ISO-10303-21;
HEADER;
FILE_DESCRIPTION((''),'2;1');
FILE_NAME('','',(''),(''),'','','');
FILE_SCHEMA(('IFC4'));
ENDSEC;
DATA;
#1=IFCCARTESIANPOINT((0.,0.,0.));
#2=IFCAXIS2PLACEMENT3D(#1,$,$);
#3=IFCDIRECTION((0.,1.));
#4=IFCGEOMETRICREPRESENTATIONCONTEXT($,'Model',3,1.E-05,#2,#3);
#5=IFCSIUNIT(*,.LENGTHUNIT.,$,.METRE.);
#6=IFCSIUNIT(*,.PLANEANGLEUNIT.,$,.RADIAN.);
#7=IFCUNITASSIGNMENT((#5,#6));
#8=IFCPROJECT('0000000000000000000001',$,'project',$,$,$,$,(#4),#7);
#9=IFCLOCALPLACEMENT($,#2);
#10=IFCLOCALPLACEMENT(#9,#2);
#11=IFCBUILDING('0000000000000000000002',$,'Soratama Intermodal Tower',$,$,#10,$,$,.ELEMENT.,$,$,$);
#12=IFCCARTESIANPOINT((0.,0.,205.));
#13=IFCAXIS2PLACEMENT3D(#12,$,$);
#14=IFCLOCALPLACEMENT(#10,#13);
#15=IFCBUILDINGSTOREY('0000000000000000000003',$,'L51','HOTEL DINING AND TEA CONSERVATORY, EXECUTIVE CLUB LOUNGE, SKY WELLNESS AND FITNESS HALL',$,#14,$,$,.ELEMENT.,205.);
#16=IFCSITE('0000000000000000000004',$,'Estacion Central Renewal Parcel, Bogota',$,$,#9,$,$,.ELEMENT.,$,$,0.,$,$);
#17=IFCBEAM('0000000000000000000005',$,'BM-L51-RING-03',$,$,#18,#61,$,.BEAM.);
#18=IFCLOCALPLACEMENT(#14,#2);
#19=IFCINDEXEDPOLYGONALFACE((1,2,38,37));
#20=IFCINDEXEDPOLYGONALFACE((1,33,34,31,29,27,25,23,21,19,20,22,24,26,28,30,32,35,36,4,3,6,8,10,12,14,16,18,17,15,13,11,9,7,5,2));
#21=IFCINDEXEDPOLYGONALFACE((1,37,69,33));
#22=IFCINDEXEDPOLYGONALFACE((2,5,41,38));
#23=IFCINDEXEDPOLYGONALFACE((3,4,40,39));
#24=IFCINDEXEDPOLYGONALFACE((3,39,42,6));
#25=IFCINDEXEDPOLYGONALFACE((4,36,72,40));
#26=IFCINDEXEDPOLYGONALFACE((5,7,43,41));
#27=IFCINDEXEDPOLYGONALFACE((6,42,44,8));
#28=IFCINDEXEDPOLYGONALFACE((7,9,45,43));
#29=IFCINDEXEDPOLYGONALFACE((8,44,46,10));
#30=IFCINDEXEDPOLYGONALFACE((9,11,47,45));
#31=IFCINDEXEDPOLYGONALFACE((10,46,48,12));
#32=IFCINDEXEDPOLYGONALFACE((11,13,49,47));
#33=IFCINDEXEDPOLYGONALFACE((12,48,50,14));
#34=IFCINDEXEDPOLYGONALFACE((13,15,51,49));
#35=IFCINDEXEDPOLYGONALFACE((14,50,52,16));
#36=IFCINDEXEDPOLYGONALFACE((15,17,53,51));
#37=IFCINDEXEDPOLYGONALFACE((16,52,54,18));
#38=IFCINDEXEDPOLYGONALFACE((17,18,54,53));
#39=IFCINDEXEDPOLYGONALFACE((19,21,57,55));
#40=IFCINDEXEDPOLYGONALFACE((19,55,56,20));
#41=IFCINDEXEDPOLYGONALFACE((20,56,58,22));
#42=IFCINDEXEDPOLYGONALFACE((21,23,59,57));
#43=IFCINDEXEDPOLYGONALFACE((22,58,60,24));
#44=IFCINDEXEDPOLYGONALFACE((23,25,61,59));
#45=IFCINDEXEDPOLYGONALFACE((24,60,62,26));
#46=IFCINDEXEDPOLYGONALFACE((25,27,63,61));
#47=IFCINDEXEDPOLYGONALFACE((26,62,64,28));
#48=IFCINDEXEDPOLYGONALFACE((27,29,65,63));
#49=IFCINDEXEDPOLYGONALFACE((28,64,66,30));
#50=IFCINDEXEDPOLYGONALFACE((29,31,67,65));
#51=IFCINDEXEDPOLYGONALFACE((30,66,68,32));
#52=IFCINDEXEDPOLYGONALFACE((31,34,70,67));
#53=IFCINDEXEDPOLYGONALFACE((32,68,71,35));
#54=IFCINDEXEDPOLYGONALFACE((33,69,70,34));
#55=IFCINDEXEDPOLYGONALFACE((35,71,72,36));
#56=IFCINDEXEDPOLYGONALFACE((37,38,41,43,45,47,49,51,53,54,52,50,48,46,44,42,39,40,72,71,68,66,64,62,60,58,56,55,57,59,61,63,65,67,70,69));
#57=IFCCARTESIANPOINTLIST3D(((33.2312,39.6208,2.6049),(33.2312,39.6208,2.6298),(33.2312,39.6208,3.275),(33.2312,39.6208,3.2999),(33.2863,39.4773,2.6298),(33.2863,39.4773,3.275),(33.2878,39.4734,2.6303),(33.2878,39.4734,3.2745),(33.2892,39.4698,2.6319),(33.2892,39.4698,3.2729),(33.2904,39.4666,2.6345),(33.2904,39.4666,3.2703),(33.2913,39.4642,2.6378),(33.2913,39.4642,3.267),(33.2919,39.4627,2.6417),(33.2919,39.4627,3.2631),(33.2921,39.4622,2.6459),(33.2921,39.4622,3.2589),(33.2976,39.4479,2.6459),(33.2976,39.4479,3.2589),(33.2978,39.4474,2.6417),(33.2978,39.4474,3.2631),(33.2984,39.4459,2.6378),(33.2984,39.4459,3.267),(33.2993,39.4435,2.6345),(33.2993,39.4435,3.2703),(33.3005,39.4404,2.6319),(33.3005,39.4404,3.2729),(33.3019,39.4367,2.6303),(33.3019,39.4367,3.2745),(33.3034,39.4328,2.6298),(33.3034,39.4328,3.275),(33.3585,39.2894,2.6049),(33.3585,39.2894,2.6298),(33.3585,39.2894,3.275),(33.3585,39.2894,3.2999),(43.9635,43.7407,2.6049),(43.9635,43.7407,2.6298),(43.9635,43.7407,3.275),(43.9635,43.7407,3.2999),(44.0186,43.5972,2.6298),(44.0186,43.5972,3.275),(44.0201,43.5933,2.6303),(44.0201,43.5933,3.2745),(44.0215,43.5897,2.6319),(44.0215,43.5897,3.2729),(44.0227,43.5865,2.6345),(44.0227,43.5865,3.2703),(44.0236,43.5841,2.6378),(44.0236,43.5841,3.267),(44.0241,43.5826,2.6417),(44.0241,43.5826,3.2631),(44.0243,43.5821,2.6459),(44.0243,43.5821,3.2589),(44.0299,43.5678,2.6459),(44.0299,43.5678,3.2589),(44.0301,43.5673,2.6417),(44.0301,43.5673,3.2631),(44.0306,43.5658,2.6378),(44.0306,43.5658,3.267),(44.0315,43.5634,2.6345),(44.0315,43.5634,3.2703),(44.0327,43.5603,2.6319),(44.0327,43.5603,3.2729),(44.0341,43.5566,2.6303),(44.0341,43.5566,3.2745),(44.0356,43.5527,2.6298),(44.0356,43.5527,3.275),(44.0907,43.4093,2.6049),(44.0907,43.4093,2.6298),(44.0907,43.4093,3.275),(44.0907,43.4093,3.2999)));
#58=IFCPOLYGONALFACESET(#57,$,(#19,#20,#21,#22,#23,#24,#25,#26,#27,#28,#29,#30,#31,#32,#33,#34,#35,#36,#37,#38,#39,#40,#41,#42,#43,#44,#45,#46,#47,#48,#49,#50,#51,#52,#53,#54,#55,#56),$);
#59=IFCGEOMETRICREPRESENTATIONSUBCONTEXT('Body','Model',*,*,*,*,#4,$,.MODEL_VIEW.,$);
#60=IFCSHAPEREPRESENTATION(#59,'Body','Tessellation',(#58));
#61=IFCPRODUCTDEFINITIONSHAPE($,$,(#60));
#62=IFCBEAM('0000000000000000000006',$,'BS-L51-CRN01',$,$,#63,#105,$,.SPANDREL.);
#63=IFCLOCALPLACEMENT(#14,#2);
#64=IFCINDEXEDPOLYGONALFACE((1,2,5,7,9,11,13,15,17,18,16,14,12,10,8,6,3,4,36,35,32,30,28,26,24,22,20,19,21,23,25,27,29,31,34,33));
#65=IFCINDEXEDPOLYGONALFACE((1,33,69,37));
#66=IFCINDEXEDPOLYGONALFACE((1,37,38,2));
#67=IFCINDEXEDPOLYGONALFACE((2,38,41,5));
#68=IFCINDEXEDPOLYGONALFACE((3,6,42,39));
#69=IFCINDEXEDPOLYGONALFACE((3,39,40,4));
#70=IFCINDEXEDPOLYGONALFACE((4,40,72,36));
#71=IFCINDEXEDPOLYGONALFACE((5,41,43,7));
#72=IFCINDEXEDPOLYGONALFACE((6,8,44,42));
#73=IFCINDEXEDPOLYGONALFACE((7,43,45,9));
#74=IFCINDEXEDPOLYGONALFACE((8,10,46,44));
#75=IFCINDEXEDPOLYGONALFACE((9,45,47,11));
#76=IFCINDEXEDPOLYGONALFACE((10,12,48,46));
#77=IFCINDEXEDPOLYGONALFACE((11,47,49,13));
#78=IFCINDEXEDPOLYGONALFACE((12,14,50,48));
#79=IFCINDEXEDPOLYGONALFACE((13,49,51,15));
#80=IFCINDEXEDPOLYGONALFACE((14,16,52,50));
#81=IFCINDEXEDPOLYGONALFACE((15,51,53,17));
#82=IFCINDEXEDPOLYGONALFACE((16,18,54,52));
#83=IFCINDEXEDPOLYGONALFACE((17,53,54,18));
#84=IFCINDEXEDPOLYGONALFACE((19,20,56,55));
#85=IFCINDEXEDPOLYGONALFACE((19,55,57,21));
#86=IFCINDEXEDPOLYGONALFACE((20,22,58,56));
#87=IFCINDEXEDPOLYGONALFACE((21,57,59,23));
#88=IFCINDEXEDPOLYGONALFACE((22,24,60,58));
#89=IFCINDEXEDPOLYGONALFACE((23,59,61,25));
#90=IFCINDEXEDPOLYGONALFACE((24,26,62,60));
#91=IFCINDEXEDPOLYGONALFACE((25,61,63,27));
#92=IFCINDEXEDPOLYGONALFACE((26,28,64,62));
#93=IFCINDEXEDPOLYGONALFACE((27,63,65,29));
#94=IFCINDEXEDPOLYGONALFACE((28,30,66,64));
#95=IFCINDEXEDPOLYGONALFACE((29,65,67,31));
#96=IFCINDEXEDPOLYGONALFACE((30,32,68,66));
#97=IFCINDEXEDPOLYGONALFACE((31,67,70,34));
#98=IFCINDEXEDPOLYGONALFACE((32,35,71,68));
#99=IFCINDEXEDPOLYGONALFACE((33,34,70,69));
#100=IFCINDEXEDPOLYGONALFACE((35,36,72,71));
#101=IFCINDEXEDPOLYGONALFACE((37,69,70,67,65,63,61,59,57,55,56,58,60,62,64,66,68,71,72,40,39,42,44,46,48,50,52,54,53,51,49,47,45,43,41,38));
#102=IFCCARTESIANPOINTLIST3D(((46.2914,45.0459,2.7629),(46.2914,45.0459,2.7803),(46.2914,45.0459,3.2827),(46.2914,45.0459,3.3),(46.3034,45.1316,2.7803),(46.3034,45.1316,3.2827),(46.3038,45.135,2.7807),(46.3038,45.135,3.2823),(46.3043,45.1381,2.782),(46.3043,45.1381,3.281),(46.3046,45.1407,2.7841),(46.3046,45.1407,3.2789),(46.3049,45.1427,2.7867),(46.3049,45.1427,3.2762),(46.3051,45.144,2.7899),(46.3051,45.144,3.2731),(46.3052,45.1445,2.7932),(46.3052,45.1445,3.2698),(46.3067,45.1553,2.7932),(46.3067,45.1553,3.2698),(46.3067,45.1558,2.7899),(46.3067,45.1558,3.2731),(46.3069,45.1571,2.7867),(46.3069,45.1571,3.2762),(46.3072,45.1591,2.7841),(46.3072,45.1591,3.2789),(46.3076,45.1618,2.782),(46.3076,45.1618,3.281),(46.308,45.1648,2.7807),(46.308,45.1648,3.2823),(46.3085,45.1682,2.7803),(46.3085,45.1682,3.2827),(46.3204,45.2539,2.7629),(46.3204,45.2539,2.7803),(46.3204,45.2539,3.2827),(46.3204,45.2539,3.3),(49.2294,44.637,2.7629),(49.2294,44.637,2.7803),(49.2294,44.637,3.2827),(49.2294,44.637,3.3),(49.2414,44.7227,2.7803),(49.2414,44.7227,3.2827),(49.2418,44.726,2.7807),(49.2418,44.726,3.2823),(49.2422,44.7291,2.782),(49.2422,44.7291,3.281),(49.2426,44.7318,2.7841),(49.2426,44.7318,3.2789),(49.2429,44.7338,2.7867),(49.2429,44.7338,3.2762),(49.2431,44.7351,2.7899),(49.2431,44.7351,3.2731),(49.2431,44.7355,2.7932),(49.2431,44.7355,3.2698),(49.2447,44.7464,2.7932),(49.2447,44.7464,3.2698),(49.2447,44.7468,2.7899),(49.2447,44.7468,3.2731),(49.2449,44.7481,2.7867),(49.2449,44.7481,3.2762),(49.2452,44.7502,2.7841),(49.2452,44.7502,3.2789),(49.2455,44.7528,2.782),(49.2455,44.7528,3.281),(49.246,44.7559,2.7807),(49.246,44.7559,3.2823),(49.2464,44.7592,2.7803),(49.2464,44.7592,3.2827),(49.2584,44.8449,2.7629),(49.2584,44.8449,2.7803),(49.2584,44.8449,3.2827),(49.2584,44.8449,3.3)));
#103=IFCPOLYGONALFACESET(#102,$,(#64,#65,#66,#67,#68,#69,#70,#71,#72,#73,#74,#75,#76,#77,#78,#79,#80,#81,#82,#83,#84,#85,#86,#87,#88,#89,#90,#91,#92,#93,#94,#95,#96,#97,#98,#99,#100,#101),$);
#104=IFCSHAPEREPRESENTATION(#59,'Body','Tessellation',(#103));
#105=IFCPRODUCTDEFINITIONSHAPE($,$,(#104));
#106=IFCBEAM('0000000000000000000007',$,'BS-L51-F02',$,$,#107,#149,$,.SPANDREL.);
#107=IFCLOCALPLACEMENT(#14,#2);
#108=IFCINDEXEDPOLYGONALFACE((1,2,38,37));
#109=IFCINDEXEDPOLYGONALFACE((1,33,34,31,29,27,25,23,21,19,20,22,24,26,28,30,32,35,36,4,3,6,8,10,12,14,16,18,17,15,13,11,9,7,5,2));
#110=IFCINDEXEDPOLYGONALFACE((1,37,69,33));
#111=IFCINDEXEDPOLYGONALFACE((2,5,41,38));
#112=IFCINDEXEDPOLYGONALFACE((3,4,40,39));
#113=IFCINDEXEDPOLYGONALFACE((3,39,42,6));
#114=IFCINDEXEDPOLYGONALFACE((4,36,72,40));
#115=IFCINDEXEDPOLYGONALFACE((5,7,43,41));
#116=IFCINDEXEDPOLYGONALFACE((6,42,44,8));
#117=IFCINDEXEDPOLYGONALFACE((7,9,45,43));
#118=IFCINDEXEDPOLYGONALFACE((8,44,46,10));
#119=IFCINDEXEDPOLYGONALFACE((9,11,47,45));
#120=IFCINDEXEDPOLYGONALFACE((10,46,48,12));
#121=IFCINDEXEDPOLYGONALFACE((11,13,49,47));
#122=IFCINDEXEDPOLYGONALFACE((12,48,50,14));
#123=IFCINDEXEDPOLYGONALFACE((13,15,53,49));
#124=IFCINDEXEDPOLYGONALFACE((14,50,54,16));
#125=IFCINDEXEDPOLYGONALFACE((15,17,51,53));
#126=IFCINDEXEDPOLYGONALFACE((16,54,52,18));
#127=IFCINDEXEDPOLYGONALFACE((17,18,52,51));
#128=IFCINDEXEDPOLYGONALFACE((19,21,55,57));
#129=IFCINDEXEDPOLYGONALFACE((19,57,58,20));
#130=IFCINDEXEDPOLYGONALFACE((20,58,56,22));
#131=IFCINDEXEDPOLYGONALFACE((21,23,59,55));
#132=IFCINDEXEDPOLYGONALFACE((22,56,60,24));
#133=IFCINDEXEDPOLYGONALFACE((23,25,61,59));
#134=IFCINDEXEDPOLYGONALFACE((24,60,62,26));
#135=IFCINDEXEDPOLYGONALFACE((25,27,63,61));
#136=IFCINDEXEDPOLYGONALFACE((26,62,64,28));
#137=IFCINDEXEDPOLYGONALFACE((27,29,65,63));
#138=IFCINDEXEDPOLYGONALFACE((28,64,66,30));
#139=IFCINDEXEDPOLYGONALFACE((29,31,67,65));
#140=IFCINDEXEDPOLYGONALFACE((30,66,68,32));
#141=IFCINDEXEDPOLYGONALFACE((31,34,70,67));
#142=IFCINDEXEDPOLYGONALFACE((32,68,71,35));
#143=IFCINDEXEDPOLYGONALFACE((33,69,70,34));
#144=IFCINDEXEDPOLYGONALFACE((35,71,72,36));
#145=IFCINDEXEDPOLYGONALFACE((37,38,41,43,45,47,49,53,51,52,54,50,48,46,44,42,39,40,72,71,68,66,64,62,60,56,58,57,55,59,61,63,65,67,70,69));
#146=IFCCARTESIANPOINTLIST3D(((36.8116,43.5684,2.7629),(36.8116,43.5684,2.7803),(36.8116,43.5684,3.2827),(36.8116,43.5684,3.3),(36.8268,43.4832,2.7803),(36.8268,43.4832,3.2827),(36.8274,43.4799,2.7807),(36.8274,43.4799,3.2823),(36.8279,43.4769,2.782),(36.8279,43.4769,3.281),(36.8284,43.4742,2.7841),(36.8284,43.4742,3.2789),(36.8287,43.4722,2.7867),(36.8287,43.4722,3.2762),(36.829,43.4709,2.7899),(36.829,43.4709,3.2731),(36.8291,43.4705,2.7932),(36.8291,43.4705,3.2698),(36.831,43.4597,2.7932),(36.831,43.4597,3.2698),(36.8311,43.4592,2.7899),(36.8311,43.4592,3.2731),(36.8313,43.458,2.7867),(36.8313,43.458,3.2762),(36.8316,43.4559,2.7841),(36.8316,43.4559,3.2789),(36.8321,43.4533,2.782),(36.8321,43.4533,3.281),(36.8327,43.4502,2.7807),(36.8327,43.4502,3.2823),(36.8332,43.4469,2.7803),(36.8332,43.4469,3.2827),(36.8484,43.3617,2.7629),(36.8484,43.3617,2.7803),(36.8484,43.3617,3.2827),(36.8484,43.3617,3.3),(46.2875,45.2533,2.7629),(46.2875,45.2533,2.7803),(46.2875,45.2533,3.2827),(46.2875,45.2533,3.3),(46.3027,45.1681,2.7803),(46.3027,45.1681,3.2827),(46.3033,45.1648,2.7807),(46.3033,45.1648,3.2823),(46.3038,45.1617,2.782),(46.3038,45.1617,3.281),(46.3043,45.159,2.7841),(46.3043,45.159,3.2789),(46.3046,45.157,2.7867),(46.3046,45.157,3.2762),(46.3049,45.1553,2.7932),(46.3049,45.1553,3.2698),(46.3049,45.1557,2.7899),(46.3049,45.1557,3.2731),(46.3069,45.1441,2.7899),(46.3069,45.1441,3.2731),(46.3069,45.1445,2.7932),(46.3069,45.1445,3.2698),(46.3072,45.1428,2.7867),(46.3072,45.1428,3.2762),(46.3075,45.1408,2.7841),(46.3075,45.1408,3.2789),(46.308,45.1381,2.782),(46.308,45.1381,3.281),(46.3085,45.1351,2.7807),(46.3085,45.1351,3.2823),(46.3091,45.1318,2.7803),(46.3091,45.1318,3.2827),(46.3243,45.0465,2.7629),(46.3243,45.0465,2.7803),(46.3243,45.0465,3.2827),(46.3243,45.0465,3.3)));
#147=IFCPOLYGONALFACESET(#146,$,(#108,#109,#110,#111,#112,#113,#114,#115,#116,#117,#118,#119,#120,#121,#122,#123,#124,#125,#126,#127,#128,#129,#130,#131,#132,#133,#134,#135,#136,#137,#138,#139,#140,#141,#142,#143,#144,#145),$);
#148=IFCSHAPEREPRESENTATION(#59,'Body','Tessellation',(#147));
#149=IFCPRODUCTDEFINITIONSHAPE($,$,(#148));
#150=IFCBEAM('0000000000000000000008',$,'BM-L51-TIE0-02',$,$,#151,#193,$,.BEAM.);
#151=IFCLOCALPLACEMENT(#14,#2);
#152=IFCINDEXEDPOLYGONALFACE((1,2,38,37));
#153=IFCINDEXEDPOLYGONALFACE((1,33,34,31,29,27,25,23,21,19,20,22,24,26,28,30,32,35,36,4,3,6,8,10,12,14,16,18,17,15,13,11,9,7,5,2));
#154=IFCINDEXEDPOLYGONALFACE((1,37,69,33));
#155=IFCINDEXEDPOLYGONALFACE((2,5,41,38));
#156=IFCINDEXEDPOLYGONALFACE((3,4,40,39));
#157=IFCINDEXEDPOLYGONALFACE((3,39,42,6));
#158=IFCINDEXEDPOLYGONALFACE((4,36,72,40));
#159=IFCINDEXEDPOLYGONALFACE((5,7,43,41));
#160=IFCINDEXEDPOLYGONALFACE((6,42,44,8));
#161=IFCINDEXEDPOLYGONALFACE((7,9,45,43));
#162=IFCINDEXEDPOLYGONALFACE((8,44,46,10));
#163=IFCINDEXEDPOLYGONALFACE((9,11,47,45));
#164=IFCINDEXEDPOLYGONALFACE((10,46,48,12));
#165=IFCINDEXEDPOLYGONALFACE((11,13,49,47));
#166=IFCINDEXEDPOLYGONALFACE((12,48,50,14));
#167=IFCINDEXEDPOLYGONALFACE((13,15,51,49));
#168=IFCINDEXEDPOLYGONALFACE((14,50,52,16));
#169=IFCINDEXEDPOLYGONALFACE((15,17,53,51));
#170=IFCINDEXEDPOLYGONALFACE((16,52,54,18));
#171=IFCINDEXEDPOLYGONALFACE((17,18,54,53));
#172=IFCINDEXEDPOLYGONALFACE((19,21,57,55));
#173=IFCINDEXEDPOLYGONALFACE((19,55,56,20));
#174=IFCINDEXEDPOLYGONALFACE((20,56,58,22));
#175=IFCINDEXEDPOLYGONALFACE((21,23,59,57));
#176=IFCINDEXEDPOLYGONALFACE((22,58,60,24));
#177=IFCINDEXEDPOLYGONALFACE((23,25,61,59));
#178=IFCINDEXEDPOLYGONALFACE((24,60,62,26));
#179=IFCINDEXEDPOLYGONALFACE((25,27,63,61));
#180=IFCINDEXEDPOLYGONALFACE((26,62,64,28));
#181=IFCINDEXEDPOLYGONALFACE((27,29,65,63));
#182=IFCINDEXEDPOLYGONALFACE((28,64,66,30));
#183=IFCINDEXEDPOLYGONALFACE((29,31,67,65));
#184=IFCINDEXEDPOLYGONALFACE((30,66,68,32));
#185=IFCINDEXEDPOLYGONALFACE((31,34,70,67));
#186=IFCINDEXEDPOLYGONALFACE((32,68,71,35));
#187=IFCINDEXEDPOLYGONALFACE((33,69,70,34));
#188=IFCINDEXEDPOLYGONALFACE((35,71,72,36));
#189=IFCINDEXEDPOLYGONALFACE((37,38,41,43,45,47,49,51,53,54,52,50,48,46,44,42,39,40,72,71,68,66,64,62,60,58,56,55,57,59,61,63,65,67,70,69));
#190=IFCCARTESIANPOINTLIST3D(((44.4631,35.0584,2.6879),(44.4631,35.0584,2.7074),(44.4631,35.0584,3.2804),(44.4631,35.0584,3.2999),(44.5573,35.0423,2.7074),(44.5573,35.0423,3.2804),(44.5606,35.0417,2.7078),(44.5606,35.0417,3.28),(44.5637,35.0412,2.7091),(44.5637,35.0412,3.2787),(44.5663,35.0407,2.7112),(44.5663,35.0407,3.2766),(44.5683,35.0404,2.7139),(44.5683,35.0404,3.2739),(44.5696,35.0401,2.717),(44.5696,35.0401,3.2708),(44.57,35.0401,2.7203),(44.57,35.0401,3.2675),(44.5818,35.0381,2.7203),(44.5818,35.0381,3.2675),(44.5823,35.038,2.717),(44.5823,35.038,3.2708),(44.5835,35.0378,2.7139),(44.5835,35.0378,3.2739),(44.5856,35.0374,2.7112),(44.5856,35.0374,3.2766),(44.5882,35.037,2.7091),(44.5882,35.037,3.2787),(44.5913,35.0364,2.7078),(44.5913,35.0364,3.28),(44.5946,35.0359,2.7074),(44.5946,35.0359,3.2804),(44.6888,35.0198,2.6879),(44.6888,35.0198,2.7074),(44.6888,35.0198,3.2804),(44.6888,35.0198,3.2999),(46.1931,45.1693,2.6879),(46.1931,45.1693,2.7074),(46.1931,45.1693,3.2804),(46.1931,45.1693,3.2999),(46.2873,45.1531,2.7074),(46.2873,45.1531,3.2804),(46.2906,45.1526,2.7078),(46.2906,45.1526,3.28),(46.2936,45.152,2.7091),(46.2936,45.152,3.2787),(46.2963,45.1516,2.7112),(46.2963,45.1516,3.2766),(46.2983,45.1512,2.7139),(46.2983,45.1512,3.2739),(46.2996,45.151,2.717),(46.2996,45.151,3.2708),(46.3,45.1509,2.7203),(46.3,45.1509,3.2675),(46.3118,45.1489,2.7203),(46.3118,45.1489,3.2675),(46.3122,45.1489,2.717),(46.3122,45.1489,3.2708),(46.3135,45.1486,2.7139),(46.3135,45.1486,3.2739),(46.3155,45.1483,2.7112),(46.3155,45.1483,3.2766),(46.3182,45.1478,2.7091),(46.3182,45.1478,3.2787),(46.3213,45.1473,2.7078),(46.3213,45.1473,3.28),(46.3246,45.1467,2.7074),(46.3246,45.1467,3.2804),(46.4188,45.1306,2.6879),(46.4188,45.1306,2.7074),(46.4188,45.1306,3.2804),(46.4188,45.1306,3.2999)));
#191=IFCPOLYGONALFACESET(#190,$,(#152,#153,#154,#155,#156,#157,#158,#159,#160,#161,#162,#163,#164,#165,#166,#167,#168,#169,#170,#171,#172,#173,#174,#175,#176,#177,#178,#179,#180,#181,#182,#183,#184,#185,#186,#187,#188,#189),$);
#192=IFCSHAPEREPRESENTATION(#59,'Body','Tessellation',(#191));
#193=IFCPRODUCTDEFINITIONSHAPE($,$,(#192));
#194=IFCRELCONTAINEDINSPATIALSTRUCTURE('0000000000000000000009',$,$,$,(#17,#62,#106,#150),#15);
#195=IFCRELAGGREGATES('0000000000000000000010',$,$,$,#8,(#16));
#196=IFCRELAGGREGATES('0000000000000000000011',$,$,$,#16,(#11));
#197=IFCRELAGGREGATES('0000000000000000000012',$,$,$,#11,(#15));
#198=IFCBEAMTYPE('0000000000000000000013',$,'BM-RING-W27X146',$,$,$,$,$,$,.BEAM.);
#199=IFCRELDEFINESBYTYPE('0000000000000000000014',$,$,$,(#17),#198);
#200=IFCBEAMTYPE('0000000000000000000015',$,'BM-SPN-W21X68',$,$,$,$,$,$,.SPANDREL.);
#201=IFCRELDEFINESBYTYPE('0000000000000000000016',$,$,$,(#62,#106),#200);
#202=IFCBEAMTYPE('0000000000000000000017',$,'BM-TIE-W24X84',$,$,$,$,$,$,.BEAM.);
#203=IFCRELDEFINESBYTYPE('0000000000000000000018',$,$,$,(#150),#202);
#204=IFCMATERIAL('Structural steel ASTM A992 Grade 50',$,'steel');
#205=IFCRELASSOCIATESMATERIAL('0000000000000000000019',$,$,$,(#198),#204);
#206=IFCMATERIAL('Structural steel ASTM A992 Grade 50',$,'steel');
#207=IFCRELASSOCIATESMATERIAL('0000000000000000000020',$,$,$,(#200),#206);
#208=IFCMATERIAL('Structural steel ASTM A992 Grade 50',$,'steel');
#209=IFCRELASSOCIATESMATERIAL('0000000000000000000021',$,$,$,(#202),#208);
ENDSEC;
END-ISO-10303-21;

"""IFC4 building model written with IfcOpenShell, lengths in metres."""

from ifc_helpers import new_model, si_unit, direction, frame, origin, origin_2d, place, context, subcontext, project, spatial, i_section, extrude, material, material_profile, profile_set, type_object, element, save


model = new_model("IFC4")

# Units and contexts
model_context = context("Model", 3, precision=1e-05, world=origin(), true_north=direction((0.0, 1.0)))
body_context = subcontext(model_context, "Body", "Model", "MODEL_VIEW")
ifc_project = project(units=[si_unit("LENGTHUNIT", "METRE"), si_unit("PLANEANGLEUNIT", "RADIAN")], contexts=[model_context])

# Site, building, storey
site_placement = place(None, origin())
site = spatial("IfcSite", under=ifc_project, at=site_placement, Name="Estacion Central Renewal Parcel, Bogota", CompositionType="ELEMENT", RefElevation=0.0)
building_placement = place(site_placement, origin())
building = spatial("IfcBuilding", under=site, at=building_placement, Name="Soratama Intermodal Tower", CompositionType="ELEMENT")
storey_placement = place(building_placement, frame((0.0, 0.0, 205.0)))
storey = spatial("IfcBuildingStorey", under=building, at=storey_placement, Name="L51", Description="HOTEL DINING AND TEA CONSERVATORY, EXECUTIVE CLUB LOUNGE, SKY WELLNESS AND FITNESS HALL", CompositionType="ELEMENT", Elevation=205.0)

# Beams
ifc_material_1 = material(Name="Structural steel ASTM A992 Grade 50", Category="steel")
ifc_material_profile_1 = material_profile(ifc_material_1, i_section(OverallWidth=0.355, OverallDepth=0.6951, WebThickness=0.0154, FlangeThickness=0.0249, FilletRadius=0.0161, at=origin_2d()), Name="W27X146")
ifc_profile_set_1 = profile_set([ifc_material_profile_1], Name="Structural steel ASTM A992 Grade 50")
beam_type_1 = type_object("IfcBeamType", Name="BM-RING-W27X146", PredefinedType="BEAM", material=ifc_profile_set_1)
beam_1_placement = place(storey_placement, frame((44.0271, 43.575, 2.9524), z_axis=(-0.933575, -0.358381, 0.0), x_axis=(0.358381, -0.933575, 0.0)))
element("IfcBeam", 1, at=beam_1_placement, inside=storey, type_object=beam_type_1, Name="BM-L51-RING-03", PredefinedType="BEAM", context=body_context, shape_type="SweptSolid", body=[
    extrude(i_section(OverallWidth=0.355, OverallDepth=0.6951, WebThickness=0.0154, FlangeThickness=0.0249, FilletRadius=0.0161, at=origin_2d()), origin(), (0.0, 0.0, 1.0), 11.4958),
])
ifc_material_2 = material(Name="Structural steel ASTM A992 Grade 50", Category="steel")
ifc_material_profile_2 = material_profile(ifc_material_2, i_section(OverallWidth=0.21, OverallDepth=0.5371, WebThickness=0.011, FlangeThickness=0.0173, FilletRadius=0.0129, at=origin_2d()), Name="W21X68")
ifc_profile_set_2 = profile_set([ifc_material_profile_2], Name="Structural steel ASTM A992 Grade 50")
beam_type_2 = type_object("IfcBeamType", Name="BM-SPN-W21X68", PredefinedType="SPANDREL", material=ifc_profile_set_2)
beam_2_placement = place(storey_placement, frame((49.2439, 44.741, 3.0315), z_axis=(-0.990452, 0.13786, 0.0), x_axis=(-0.13786, -0.990452, 0.0)))
element("IfcBeam", 2, at=beam_2_placement, inside=storey, type_object=beam_type_2, Name="BS-L51-CRN01", PredefinedType="SPANDREL", context=body_context, shape_type="SweptSolid", body=[
    extrude(i_section(OverallWidth=0.21, OverallDepth=0.5371, WebThickness=0.011, FlangeThickness=0.0173, FilletRadius=0.0129, at=origin_2d()), origin(), (0.0, 0.0, 1.0), 2.9663),
])
beam_3_placement = place(storey_placement, frame((46.3059, 45.1499, 3.0315), z_axis=(-0.984559, -0.175056, 0.0), x_axis=(0.175056, -0.984559, 0.0)))
element("IfcBeam", 3, at=beam_3_placement, inside=storey, type_object=beam_type_2, Name="BS-L51-F02", PredefinedType="SPANDREL", context=body_context, shape_type="SweptSolid", body=[
    extrude(i_section(OverallWidth=0.21, OverallDepth=0.5371, WebThickness=0.011, FlangeThickness=0.0173, FilletRadius=0.0129, at=origin_2d()), origin(), (0.0, 0.0, 1.0), 9.6245),
])
ifc_material_3 = material(Name="Structural steel ASTM A992 Grade 50", Category="steel")
ifc_material_profile_3 = material_profile(ifc_material_3, i_section(OverallWidth=0.229, OverallDepth=0.6121, WebThickness=0.012, FlangeThickness=0.0195, FilletRadius=0.0129, at=origin_2d()), Name="W24X84")
ifc_profile_set_3 = profile_set([ifc_material_profile_3], Name="Structural steel ASTM A992 Grade 50")
beam_type_3 = type_object("IfcBeamType", Name="BM-TIE-W24X84", PredefinedType="BEAM", material=ifc_profile_set_3)
beam_4_placement = place(storey_placement, frame((44.5759, 35.0391, 2.9939), z_axis=(0.168651, 0.985676, 0.0), x_axis=(-0.985676, 0.168651, 0.0)))
element("IfcBeam", 4, at=beam_4_placement, inside=storey, type_object=beam_type_3, Name="BM-L51-TIE0-02", PredefinedType="BEAM", context=body_context, shape_type="SweptSolid", body=[
    extrude(i_section(OverallWidth=0.229, OverallDepth=0.6121, WebThickness=0.012, FlangeThickness=0.0195, FilletRadius=0.0129, at=origin_2d()), origin(), (0.0, 0.0, 1.0), 10.2578),
])

save(model, "model.ifc")
